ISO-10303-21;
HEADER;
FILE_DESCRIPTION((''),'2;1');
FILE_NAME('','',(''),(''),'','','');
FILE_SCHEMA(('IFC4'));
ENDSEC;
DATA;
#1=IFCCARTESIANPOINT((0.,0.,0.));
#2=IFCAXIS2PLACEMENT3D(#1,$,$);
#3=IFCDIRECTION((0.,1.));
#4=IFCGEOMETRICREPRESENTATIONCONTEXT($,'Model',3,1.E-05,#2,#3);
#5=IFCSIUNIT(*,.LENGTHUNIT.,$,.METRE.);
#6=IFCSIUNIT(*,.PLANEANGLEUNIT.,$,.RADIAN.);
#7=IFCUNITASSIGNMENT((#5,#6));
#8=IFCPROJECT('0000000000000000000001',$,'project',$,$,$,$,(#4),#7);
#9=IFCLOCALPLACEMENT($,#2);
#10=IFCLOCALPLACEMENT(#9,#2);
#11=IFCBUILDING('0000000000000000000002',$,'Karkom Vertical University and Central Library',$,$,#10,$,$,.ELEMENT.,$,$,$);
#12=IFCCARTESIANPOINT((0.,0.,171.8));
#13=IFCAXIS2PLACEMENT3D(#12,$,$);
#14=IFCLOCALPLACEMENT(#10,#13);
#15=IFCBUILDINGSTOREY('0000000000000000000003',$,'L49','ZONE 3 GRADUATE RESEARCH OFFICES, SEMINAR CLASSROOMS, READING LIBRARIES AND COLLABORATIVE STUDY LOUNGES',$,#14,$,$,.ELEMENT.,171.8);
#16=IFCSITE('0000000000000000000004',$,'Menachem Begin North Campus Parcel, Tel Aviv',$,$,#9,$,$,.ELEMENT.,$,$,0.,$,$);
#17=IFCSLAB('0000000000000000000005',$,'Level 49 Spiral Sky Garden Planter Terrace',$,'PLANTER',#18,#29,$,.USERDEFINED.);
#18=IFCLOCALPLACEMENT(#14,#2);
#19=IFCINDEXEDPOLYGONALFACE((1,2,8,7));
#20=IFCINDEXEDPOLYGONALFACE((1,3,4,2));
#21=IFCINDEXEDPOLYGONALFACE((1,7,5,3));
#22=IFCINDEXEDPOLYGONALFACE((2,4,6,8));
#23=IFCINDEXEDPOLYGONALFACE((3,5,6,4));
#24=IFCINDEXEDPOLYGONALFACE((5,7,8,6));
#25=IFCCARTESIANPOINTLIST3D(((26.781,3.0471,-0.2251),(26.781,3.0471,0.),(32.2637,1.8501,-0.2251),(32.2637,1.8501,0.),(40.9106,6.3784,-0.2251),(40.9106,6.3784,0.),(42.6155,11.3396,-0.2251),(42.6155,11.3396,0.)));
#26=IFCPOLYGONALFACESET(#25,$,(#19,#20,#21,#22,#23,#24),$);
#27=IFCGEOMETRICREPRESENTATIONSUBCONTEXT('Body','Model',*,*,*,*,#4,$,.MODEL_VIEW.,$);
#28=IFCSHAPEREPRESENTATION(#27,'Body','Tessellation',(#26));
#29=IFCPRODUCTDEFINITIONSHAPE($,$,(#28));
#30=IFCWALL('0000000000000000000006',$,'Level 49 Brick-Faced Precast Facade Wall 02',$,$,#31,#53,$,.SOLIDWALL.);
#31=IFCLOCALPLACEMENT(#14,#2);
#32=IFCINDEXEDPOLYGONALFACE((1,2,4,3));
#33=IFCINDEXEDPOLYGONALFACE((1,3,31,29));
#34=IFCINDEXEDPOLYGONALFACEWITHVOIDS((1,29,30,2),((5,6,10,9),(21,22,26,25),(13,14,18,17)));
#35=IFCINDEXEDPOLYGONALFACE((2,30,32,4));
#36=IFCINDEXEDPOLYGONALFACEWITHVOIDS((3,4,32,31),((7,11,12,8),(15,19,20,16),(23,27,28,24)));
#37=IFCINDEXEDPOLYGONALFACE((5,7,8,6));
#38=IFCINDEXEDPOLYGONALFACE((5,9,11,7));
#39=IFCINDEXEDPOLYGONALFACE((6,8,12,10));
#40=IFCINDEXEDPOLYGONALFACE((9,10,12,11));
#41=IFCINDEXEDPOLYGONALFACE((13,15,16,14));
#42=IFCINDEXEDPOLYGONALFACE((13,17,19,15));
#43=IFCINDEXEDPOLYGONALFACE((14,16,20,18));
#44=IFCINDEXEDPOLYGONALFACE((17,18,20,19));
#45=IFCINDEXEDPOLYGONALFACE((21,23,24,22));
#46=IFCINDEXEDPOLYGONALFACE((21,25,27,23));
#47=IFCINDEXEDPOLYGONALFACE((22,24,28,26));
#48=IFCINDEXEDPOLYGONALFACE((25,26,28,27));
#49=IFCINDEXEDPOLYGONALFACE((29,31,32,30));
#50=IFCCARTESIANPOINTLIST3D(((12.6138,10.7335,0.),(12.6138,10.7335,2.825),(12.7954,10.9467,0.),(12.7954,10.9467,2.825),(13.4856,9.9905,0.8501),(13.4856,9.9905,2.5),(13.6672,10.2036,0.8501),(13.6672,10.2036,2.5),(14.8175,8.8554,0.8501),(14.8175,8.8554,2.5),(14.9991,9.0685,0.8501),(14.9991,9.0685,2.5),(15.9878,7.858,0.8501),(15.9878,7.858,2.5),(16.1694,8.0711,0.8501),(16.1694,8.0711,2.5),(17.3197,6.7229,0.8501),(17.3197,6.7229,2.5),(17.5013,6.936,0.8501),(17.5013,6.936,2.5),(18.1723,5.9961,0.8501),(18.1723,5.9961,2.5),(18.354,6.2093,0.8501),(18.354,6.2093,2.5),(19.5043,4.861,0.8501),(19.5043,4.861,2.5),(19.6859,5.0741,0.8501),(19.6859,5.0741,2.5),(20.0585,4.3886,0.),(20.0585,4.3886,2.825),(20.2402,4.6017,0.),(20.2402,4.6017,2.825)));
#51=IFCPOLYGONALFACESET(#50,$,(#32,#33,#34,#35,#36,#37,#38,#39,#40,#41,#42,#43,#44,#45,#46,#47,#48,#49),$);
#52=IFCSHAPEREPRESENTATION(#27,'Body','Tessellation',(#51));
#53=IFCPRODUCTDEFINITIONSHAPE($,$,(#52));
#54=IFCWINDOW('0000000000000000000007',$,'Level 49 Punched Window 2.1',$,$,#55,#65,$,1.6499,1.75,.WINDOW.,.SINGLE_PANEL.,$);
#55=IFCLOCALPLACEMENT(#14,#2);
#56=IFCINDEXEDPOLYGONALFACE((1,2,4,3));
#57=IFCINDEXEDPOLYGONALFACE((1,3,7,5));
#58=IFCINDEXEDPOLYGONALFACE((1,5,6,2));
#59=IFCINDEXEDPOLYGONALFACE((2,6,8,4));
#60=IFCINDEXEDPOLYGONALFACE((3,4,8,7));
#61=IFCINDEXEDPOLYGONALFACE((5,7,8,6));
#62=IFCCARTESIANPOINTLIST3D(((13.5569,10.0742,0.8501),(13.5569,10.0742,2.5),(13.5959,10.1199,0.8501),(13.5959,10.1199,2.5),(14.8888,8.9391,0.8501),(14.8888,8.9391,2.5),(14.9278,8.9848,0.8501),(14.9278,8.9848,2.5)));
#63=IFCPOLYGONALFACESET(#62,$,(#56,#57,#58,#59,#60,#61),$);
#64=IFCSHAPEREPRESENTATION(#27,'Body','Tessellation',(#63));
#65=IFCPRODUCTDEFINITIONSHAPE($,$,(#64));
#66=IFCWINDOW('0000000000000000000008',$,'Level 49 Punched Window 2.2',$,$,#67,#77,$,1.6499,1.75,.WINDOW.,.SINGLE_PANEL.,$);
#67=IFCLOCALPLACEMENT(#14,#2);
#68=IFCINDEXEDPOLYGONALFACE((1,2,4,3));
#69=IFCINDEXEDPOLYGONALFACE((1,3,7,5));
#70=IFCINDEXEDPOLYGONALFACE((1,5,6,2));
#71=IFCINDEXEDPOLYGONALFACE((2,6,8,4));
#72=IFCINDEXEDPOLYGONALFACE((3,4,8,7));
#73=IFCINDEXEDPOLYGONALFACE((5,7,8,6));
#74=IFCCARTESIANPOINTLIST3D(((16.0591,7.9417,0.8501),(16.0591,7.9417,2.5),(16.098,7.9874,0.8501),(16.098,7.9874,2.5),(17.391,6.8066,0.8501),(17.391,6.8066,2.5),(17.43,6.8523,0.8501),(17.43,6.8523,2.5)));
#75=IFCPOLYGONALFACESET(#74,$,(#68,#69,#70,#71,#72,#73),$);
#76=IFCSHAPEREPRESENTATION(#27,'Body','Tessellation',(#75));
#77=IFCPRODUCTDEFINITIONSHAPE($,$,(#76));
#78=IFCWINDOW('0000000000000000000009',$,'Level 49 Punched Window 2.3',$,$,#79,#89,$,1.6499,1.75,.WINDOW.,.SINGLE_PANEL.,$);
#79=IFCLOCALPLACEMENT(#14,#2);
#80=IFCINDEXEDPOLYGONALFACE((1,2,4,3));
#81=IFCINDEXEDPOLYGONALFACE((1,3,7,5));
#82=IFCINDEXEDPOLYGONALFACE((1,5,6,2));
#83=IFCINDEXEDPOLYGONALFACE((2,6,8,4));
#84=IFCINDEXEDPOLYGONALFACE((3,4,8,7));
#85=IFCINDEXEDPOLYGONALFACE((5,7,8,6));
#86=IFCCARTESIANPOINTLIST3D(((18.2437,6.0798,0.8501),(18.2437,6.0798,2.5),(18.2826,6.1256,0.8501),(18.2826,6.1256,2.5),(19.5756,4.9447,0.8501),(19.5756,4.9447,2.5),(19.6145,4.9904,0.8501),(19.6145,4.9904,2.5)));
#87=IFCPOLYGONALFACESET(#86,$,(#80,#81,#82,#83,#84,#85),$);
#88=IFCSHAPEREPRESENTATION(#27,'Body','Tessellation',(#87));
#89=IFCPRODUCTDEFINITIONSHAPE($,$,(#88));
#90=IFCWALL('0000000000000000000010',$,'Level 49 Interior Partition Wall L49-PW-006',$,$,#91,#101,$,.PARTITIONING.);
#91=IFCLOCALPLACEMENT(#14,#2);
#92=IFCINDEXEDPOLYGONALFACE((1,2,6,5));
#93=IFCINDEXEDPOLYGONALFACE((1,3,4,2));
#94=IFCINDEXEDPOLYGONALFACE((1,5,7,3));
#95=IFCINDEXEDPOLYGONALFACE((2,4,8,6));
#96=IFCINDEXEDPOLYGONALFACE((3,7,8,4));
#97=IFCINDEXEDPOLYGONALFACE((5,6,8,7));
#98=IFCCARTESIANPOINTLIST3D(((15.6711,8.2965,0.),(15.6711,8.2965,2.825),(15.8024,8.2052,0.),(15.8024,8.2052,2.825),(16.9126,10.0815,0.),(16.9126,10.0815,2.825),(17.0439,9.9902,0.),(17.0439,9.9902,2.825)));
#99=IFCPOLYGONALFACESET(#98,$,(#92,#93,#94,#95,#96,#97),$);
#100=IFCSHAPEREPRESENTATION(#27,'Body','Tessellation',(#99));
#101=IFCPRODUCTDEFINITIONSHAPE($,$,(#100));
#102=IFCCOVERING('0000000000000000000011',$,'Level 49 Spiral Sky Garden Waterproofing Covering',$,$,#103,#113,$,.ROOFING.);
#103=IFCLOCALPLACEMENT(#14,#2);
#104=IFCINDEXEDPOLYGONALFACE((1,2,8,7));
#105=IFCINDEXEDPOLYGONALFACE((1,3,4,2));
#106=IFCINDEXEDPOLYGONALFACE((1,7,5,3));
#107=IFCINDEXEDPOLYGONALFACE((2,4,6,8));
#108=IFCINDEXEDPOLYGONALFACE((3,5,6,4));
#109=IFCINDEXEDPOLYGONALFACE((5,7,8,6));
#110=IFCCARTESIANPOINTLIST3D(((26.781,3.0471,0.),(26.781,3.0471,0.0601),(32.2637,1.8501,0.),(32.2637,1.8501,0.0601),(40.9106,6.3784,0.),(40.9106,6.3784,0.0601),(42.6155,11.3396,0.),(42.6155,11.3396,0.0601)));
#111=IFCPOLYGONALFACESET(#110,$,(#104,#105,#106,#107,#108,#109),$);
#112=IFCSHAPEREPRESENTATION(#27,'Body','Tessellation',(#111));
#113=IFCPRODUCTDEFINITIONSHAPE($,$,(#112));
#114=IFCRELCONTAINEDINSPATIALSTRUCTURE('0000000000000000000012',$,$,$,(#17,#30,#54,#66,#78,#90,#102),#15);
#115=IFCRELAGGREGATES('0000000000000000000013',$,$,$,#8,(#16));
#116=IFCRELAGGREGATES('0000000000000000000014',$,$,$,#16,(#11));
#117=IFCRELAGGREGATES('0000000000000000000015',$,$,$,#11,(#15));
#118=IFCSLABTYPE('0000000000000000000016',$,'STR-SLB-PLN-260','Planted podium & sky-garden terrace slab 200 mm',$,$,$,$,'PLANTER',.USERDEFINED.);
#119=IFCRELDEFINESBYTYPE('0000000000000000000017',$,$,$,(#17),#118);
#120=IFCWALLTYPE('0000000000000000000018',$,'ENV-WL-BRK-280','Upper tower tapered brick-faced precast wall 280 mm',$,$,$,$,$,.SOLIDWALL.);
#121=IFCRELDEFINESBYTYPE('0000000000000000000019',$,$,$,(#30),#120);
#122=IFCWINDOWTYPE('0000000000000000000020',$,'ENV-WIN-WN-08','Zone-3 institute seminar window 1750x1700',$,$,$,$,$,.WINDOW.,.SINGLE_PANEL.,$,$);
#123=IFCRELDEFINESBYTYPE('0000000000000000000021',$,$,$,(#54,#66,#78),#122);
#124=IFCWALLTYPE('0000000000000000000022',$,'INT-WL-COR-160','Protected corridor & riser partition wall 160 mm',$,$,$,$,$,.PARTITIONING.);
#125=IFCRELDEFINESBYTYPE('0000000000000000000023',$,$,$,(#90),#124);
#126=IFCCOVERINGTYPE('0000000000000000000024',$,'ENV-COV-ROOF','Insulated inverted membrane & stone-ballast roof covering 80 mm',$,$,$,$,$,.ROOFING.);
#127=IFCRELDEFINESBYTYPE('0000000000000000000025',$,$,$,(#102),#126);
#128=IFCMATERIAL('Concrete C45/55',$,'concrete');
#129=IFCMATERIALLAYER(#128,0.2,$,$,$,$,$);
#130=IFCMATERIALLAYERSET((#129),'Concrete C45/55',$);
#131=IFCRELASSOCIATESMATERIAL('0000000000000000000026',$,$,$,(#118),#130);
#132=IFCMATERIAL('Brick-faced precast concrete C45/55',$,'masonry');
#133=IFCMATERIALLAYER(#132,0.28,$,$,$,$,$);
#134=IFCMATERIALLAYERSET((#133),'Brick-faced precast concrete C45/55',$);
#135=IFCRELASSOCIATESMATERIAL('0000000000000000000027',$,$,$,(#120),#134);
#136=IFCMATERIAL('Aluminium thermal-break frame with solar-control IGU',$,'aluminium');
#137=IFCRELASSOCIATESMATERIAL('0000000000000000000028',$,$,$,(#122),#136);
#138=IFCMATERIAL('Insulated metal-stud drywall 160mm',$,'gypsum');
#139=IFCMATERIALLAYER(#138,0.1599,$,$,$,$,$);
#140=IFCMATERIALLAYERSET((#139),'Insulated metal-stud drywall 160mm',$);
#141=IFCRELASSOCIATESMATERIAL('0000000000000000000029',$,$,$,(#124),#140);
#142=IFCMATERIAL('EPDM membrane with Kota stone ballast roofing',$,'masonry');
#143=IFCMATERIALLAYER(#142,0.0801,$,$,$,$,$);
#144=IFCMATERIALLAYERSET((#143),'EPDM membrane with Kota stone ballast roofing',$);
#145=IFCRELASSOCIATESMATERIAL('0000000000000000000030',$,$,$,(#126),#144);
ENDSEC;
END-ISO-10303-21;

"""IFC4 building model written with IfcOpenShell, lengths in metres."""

from ifc_helpers import new_model, si_unit, direction, frame, frame_2d, origin, origin_with_axes, place, context, subcontext, project, spatial, polyline, rectangle, outline, extrude, source, transform, mapped, material, layer, layer_set, type_object, element, fill, save


model = new_model("IFC4")

# Units and contexts
model_context = context("Model", 3, precision=1e-05, world=origin(), true_north=direction((0.0, 1.0)))
body_context = subcontext(model_context, "Body", "Model", "MODEL_VIEW")
ifc_project = project(units=[si_unit("LENGTHUNIT", "METRE"), si_unit("PLANEANGLEUNIT", "RADIAN")], contexts=[model_context])

# Site, building, storey
site_placement = place(None, origin())
site = spatial("IfcSite", under=ifc_project, at=site_placement, Name="Menachem Begin North Campus Parcel, Tel Aviv", CompositionType="ELEMENT", RefElevation=0.0)
building_placement = place(site_placement, origin())
building = spatial("IfcBuilding", under=site, at=building_placement, Name="Karkom Vertical University and Central Library", CompositionType="ELEMENT")
storey_placement = place(building_placement, frame((0.0, 0.0, 171.8)))
storey = spatial("IfcBuildingStorey", under=building, at=storey_placement, Name="L49", Description="ZONE 3 GRADUATE RESEARCH OFFICES, SEMINAR CLASSROOMS, READING LIBRARIES AND COLLABORATIVE STUDY LOUNGES", CompositionType="ELEMENT", Elevation=171.8)

# Shared definitions
ifc_material_1 = material(Name="Concrete C45/55", Category="concrete")

# Slab
ifc_layer_1 = layer(ifc_material_1, 0.2)
ifc_layer_set_1 = layer_set([ifc_layer_1], Name="Concrete C45/55")
slab_type_1 = type_object("IfcSlabType", Name="STR-SLB-PLN-260", Description="Planted podium & sky-garden terrace slab 200 mm", ElementType="PLANTER", PredefinedType="USERDEFINED", material=ifc_layer_set_1)
slab_1_placement = place(storey_placement, frame((0.0, 0.0, -0.2251)))
element("IfcSlab", 1, at=slab_1_placement, inside=storey, type_object=slab_type_1, Name="Level 49 Spiral Sky Garden Planter Terrace", ObjectType="PLANTER", PredefinedType="USERDEFINED", context=body_context, shape_type="SweptSolid", body=[
    extrude(outline(polyline([(40.9106, 6.3784), (32.2637, 1.8501), (26.781, 3.0471), (42.6155, 11.3396), (40.9106, 6.3784)])), origin(), (0.0, 0.0, 1.0), 0.2251),
])

# Wall, openings, windows
ifc_material_2 = material(Name="Brick-faced precast concrete C45/55", Category="masonry")
ifc_layer_2 = layer(ifc_material_2, 0.28)
ifc_layer_set_2 = layer_set([ifc_layer_2], Name="Brick-faced precast concrete C45/55")
wall_type_1 = type_object("IfcWallType", Name="ENV-WL-BRK-280", Description="Upper tower tapered brick-faced precast wall 280 mm", PredefinedType="SOLIDWALL", material=ifc_layer_set_2)
wall_1_placement = place(storey_placement, frame((12.7046, 10.8401, 0.0), z_axis=(0.0, 0.0, 1.0), x_axis=(0.761088, -0.648649, 0.0)))
wall_1 = element("IfcWall", 2, at=wall_1_placement, inside=storey, type_object=wall_type_1, Name="Level 49 Brick-Faced Precast Facade Wall 02", PredefinedType="SOLIDWALL", context=body_context, shape_type="SweptSolid", body=[
    extrude(rectangle(XDim=9.7817, YDim=0.28, at=frame_2d((4.8909, 0.0))), origin(), (0.0, 0.0, 1.0), 2.825),
])
opening_1_placement = place(wall_1_placement, frame((1.1455, 0.0, 0.8501)))
opening_1 = element("IfcOpeningElement", 3, at=opening_1_placement, cuts=wall_1, PredefinedType="OPENING", context=body_context, shape_type="SweptSolid", body=[
    extrude(rectangle(XDim=1.75, YDim=1.6499, at=frame_2d((0.875, 0.825))), frame((0.0, 0.1499, 0.0), z_axis=(0.0, -1.0, 0.0), x_axis=(1.0, 0.0, 0.0)), (0.0, 0.0, 1.0), 0.3),
])
opening_2_placement = place(wall_1_placement, frame((4.4331, 0.0, 0.8501)))
opening_2 = element("IfcOpeningElement", 4, at=opening_2_placement, cuts=wall_1, PredefinedType="OPENING", context=body_context, shape_type="SweptSolid", body=[
    extrude(rectangle(XDim=1.75, YDim=1.6499, at=frame_2d((0.875, 0.825))), frame((0.0, 0.1499, 0.0), z_axis=(0.0, -1.0, 0.0), x_axis=(1.0, 0.0, 0.0)), (0.0, 0.0, 1.0), 0.3),
])
opening_3_placement = place(wall_1_placement, frame((7.3035, 0.0, 0.8501)))
opening_3 = element("IfcOpeningElement", 5, at=opening_3_placement, cuts=wall_1, PredefinedType="OPENING", context=body_context, shape_type="SweptSolid", body=[
    extrude(rectangle(XDim=1.75, YDim=1.6499, at=frame_2d((0.875, 0.825))), frame((0.0, 0.1499, 0.0), z_axis=(0.0, -1.0, 0.0), x_axis=(1.0, 0.0, 0.0)), (0.0, 0.0, 1.0), 0.3),
])
ifc_material_3 = material(Name="Aluminium thermal-break frame with solar-control IGU", Category="aluminium")
window_type = type_object("IfcWindowType", Name="ENV-WIN-WN-08", Description="Zone-3 institute seminar window 1750x1700", PartitioningType="SINGLE_PANEL", PredefinedType="WINDOW", material=ifc_material_3)
shared_shape_1 = source(origin_with_axes(), body_context, "Body", "SweptSolid", [
    extrude(rectangle(XDim=1.75, YDim=1.6499, at=frame_2d((0.875, 0.825))), frame((0.0, 0.03, 0.0), z_axis=(0.0, -1.0, 0.0), x_axis=(1.0, 0.0, 0.0)), (0.0, 0.0, 1.0), 0.0601),
])
window_1_placement = place(opening_1_placement, origin())
window_1 = element("IfcWindow", 6, at=window_1_placement, inside=storey, type_object=window_type, Name="Level 49 Punched Window 2.1", OverallHeight=1.6499, OverallWidth=1.75, PartitioningType="SINGLE_PANEL", PredefinedType="WINDOW", context=body_context, shape_type="MappedRepresentation", body=[
    mapped(shared_shape_1, transform((0.0, 0.0, 0.0), scale=1.0)),
])
fill(opening_1, window_1)
window_2_placement = place(opening_2_placement, origin())
window_2 = element("IfcWindow", 7, at=window_2_placement, inside=storey, type_object=window_type, Name="Level 49 Punched Window 2.2", OverallHeight=1.6499, OverallWidth=1.75, PartitioningType="SINGLE_PANEL", PredefinedType="WINDOW", context=body_context, shape_type="MappedRepresentation", body=[
    mapped(shared_shape_1, transform((0.0, 0.0, 0.0), scale=1.0)),
])
fill(opening_2, window_2)
window_3_placement = place(opening_3_placement, origin())
window_3 = element("IfcWindow", 8, at=window_3_placement, inside=storey, type_object=window_type, Name="Level 49 Punched Window 2.3", OverallHeight=1.6499, OverallWidth=1.75, PartitioningType="SINGLE_PANEL", PredefinedType="WINDOW", context=body_context, shape_type="MappedRepresentation", body=[
    mapped(shared_shape_1, transform((0.0, 0.0, 0.0), scale=1.0)),
])
fill(opening_3, window_3)

# Wall
ifc_material_4 = material(Name="Insulated metal-stud drywall 160mm", Category="gypsum")
ifc_layer_3 = layer(ifc_material_4, 0.1599)
ifc_layer_set_3 = layer_set([ifc_layer_3], Name="Insulated metal-stud drywall 160mm")
wall_type_2 = type_object("IfcWallType", Name="INT-WL-COR-160", Description="Protected corridor & riser partition wall 160 mm", PredefinedType="PARTITIONING", material=ifc_layer_set_3)
wall_2_placement = place(storey_placement, frame((16.9783, 10.0359, 0.0), z_axis=(0.0, 0.0, 1.0), x_axis=(-0.570995, -0.820953, 0.0)))
element("IfcWall", 9, at=wall_2_placement, inside=storey, type_object=wall_type_2, Name="Level 49 Interior Partition Wall L49-PW-006", PredefinedType="PARTITIONING", context=body_context, shape_type="SweptSolid", body=[
    extrude(rectangle(XDim=2.1743, YDim=0.1599, at=frame_2d((1.0872, 0.0))), origin(), (0.0, 0.0, 1.0), 2.825),
])

# Covering
ifc_material_5 = material(Name="EPDM membrane with Kota stone ballast roofing", Category="masonry")
ifc_layer_4 = layer(ifc_material_5, 0.0801)
ifc_layer_set_4 = layer_set([ifc_layer_4], Name="EPDM membrane with Kota stone ballast roofing")
covering_type = type_object("IfcCoveringType", Name="ENV-COV-ROOF", Description="Insulated inverted membrane & stone-ballast roof covering 80 mm", PredefinedType="ROOFING", material=ifc_layer_set_4)
covering_placement = place(storey_placement, origin())
element("IfcCovering", 10, at=covering_placement, inside=storey, type_object=covering_type, Name="Level 49 Spiral Sky Garden Waterproofing Covering", PredefinedType="ROOFING", context=body_context, shape_type="SweptSolid", body=[
    extrude(outline(polyline([(40.9106, 6.3784), (32.2637, 1.8501), (26.781, 3.0471), (42.6155, 11.3396), (40.9106, 6.3784)])), origin(), (0.0, 0.0, 1.0), 0.0601),
])

save(model, "model.ifc")
